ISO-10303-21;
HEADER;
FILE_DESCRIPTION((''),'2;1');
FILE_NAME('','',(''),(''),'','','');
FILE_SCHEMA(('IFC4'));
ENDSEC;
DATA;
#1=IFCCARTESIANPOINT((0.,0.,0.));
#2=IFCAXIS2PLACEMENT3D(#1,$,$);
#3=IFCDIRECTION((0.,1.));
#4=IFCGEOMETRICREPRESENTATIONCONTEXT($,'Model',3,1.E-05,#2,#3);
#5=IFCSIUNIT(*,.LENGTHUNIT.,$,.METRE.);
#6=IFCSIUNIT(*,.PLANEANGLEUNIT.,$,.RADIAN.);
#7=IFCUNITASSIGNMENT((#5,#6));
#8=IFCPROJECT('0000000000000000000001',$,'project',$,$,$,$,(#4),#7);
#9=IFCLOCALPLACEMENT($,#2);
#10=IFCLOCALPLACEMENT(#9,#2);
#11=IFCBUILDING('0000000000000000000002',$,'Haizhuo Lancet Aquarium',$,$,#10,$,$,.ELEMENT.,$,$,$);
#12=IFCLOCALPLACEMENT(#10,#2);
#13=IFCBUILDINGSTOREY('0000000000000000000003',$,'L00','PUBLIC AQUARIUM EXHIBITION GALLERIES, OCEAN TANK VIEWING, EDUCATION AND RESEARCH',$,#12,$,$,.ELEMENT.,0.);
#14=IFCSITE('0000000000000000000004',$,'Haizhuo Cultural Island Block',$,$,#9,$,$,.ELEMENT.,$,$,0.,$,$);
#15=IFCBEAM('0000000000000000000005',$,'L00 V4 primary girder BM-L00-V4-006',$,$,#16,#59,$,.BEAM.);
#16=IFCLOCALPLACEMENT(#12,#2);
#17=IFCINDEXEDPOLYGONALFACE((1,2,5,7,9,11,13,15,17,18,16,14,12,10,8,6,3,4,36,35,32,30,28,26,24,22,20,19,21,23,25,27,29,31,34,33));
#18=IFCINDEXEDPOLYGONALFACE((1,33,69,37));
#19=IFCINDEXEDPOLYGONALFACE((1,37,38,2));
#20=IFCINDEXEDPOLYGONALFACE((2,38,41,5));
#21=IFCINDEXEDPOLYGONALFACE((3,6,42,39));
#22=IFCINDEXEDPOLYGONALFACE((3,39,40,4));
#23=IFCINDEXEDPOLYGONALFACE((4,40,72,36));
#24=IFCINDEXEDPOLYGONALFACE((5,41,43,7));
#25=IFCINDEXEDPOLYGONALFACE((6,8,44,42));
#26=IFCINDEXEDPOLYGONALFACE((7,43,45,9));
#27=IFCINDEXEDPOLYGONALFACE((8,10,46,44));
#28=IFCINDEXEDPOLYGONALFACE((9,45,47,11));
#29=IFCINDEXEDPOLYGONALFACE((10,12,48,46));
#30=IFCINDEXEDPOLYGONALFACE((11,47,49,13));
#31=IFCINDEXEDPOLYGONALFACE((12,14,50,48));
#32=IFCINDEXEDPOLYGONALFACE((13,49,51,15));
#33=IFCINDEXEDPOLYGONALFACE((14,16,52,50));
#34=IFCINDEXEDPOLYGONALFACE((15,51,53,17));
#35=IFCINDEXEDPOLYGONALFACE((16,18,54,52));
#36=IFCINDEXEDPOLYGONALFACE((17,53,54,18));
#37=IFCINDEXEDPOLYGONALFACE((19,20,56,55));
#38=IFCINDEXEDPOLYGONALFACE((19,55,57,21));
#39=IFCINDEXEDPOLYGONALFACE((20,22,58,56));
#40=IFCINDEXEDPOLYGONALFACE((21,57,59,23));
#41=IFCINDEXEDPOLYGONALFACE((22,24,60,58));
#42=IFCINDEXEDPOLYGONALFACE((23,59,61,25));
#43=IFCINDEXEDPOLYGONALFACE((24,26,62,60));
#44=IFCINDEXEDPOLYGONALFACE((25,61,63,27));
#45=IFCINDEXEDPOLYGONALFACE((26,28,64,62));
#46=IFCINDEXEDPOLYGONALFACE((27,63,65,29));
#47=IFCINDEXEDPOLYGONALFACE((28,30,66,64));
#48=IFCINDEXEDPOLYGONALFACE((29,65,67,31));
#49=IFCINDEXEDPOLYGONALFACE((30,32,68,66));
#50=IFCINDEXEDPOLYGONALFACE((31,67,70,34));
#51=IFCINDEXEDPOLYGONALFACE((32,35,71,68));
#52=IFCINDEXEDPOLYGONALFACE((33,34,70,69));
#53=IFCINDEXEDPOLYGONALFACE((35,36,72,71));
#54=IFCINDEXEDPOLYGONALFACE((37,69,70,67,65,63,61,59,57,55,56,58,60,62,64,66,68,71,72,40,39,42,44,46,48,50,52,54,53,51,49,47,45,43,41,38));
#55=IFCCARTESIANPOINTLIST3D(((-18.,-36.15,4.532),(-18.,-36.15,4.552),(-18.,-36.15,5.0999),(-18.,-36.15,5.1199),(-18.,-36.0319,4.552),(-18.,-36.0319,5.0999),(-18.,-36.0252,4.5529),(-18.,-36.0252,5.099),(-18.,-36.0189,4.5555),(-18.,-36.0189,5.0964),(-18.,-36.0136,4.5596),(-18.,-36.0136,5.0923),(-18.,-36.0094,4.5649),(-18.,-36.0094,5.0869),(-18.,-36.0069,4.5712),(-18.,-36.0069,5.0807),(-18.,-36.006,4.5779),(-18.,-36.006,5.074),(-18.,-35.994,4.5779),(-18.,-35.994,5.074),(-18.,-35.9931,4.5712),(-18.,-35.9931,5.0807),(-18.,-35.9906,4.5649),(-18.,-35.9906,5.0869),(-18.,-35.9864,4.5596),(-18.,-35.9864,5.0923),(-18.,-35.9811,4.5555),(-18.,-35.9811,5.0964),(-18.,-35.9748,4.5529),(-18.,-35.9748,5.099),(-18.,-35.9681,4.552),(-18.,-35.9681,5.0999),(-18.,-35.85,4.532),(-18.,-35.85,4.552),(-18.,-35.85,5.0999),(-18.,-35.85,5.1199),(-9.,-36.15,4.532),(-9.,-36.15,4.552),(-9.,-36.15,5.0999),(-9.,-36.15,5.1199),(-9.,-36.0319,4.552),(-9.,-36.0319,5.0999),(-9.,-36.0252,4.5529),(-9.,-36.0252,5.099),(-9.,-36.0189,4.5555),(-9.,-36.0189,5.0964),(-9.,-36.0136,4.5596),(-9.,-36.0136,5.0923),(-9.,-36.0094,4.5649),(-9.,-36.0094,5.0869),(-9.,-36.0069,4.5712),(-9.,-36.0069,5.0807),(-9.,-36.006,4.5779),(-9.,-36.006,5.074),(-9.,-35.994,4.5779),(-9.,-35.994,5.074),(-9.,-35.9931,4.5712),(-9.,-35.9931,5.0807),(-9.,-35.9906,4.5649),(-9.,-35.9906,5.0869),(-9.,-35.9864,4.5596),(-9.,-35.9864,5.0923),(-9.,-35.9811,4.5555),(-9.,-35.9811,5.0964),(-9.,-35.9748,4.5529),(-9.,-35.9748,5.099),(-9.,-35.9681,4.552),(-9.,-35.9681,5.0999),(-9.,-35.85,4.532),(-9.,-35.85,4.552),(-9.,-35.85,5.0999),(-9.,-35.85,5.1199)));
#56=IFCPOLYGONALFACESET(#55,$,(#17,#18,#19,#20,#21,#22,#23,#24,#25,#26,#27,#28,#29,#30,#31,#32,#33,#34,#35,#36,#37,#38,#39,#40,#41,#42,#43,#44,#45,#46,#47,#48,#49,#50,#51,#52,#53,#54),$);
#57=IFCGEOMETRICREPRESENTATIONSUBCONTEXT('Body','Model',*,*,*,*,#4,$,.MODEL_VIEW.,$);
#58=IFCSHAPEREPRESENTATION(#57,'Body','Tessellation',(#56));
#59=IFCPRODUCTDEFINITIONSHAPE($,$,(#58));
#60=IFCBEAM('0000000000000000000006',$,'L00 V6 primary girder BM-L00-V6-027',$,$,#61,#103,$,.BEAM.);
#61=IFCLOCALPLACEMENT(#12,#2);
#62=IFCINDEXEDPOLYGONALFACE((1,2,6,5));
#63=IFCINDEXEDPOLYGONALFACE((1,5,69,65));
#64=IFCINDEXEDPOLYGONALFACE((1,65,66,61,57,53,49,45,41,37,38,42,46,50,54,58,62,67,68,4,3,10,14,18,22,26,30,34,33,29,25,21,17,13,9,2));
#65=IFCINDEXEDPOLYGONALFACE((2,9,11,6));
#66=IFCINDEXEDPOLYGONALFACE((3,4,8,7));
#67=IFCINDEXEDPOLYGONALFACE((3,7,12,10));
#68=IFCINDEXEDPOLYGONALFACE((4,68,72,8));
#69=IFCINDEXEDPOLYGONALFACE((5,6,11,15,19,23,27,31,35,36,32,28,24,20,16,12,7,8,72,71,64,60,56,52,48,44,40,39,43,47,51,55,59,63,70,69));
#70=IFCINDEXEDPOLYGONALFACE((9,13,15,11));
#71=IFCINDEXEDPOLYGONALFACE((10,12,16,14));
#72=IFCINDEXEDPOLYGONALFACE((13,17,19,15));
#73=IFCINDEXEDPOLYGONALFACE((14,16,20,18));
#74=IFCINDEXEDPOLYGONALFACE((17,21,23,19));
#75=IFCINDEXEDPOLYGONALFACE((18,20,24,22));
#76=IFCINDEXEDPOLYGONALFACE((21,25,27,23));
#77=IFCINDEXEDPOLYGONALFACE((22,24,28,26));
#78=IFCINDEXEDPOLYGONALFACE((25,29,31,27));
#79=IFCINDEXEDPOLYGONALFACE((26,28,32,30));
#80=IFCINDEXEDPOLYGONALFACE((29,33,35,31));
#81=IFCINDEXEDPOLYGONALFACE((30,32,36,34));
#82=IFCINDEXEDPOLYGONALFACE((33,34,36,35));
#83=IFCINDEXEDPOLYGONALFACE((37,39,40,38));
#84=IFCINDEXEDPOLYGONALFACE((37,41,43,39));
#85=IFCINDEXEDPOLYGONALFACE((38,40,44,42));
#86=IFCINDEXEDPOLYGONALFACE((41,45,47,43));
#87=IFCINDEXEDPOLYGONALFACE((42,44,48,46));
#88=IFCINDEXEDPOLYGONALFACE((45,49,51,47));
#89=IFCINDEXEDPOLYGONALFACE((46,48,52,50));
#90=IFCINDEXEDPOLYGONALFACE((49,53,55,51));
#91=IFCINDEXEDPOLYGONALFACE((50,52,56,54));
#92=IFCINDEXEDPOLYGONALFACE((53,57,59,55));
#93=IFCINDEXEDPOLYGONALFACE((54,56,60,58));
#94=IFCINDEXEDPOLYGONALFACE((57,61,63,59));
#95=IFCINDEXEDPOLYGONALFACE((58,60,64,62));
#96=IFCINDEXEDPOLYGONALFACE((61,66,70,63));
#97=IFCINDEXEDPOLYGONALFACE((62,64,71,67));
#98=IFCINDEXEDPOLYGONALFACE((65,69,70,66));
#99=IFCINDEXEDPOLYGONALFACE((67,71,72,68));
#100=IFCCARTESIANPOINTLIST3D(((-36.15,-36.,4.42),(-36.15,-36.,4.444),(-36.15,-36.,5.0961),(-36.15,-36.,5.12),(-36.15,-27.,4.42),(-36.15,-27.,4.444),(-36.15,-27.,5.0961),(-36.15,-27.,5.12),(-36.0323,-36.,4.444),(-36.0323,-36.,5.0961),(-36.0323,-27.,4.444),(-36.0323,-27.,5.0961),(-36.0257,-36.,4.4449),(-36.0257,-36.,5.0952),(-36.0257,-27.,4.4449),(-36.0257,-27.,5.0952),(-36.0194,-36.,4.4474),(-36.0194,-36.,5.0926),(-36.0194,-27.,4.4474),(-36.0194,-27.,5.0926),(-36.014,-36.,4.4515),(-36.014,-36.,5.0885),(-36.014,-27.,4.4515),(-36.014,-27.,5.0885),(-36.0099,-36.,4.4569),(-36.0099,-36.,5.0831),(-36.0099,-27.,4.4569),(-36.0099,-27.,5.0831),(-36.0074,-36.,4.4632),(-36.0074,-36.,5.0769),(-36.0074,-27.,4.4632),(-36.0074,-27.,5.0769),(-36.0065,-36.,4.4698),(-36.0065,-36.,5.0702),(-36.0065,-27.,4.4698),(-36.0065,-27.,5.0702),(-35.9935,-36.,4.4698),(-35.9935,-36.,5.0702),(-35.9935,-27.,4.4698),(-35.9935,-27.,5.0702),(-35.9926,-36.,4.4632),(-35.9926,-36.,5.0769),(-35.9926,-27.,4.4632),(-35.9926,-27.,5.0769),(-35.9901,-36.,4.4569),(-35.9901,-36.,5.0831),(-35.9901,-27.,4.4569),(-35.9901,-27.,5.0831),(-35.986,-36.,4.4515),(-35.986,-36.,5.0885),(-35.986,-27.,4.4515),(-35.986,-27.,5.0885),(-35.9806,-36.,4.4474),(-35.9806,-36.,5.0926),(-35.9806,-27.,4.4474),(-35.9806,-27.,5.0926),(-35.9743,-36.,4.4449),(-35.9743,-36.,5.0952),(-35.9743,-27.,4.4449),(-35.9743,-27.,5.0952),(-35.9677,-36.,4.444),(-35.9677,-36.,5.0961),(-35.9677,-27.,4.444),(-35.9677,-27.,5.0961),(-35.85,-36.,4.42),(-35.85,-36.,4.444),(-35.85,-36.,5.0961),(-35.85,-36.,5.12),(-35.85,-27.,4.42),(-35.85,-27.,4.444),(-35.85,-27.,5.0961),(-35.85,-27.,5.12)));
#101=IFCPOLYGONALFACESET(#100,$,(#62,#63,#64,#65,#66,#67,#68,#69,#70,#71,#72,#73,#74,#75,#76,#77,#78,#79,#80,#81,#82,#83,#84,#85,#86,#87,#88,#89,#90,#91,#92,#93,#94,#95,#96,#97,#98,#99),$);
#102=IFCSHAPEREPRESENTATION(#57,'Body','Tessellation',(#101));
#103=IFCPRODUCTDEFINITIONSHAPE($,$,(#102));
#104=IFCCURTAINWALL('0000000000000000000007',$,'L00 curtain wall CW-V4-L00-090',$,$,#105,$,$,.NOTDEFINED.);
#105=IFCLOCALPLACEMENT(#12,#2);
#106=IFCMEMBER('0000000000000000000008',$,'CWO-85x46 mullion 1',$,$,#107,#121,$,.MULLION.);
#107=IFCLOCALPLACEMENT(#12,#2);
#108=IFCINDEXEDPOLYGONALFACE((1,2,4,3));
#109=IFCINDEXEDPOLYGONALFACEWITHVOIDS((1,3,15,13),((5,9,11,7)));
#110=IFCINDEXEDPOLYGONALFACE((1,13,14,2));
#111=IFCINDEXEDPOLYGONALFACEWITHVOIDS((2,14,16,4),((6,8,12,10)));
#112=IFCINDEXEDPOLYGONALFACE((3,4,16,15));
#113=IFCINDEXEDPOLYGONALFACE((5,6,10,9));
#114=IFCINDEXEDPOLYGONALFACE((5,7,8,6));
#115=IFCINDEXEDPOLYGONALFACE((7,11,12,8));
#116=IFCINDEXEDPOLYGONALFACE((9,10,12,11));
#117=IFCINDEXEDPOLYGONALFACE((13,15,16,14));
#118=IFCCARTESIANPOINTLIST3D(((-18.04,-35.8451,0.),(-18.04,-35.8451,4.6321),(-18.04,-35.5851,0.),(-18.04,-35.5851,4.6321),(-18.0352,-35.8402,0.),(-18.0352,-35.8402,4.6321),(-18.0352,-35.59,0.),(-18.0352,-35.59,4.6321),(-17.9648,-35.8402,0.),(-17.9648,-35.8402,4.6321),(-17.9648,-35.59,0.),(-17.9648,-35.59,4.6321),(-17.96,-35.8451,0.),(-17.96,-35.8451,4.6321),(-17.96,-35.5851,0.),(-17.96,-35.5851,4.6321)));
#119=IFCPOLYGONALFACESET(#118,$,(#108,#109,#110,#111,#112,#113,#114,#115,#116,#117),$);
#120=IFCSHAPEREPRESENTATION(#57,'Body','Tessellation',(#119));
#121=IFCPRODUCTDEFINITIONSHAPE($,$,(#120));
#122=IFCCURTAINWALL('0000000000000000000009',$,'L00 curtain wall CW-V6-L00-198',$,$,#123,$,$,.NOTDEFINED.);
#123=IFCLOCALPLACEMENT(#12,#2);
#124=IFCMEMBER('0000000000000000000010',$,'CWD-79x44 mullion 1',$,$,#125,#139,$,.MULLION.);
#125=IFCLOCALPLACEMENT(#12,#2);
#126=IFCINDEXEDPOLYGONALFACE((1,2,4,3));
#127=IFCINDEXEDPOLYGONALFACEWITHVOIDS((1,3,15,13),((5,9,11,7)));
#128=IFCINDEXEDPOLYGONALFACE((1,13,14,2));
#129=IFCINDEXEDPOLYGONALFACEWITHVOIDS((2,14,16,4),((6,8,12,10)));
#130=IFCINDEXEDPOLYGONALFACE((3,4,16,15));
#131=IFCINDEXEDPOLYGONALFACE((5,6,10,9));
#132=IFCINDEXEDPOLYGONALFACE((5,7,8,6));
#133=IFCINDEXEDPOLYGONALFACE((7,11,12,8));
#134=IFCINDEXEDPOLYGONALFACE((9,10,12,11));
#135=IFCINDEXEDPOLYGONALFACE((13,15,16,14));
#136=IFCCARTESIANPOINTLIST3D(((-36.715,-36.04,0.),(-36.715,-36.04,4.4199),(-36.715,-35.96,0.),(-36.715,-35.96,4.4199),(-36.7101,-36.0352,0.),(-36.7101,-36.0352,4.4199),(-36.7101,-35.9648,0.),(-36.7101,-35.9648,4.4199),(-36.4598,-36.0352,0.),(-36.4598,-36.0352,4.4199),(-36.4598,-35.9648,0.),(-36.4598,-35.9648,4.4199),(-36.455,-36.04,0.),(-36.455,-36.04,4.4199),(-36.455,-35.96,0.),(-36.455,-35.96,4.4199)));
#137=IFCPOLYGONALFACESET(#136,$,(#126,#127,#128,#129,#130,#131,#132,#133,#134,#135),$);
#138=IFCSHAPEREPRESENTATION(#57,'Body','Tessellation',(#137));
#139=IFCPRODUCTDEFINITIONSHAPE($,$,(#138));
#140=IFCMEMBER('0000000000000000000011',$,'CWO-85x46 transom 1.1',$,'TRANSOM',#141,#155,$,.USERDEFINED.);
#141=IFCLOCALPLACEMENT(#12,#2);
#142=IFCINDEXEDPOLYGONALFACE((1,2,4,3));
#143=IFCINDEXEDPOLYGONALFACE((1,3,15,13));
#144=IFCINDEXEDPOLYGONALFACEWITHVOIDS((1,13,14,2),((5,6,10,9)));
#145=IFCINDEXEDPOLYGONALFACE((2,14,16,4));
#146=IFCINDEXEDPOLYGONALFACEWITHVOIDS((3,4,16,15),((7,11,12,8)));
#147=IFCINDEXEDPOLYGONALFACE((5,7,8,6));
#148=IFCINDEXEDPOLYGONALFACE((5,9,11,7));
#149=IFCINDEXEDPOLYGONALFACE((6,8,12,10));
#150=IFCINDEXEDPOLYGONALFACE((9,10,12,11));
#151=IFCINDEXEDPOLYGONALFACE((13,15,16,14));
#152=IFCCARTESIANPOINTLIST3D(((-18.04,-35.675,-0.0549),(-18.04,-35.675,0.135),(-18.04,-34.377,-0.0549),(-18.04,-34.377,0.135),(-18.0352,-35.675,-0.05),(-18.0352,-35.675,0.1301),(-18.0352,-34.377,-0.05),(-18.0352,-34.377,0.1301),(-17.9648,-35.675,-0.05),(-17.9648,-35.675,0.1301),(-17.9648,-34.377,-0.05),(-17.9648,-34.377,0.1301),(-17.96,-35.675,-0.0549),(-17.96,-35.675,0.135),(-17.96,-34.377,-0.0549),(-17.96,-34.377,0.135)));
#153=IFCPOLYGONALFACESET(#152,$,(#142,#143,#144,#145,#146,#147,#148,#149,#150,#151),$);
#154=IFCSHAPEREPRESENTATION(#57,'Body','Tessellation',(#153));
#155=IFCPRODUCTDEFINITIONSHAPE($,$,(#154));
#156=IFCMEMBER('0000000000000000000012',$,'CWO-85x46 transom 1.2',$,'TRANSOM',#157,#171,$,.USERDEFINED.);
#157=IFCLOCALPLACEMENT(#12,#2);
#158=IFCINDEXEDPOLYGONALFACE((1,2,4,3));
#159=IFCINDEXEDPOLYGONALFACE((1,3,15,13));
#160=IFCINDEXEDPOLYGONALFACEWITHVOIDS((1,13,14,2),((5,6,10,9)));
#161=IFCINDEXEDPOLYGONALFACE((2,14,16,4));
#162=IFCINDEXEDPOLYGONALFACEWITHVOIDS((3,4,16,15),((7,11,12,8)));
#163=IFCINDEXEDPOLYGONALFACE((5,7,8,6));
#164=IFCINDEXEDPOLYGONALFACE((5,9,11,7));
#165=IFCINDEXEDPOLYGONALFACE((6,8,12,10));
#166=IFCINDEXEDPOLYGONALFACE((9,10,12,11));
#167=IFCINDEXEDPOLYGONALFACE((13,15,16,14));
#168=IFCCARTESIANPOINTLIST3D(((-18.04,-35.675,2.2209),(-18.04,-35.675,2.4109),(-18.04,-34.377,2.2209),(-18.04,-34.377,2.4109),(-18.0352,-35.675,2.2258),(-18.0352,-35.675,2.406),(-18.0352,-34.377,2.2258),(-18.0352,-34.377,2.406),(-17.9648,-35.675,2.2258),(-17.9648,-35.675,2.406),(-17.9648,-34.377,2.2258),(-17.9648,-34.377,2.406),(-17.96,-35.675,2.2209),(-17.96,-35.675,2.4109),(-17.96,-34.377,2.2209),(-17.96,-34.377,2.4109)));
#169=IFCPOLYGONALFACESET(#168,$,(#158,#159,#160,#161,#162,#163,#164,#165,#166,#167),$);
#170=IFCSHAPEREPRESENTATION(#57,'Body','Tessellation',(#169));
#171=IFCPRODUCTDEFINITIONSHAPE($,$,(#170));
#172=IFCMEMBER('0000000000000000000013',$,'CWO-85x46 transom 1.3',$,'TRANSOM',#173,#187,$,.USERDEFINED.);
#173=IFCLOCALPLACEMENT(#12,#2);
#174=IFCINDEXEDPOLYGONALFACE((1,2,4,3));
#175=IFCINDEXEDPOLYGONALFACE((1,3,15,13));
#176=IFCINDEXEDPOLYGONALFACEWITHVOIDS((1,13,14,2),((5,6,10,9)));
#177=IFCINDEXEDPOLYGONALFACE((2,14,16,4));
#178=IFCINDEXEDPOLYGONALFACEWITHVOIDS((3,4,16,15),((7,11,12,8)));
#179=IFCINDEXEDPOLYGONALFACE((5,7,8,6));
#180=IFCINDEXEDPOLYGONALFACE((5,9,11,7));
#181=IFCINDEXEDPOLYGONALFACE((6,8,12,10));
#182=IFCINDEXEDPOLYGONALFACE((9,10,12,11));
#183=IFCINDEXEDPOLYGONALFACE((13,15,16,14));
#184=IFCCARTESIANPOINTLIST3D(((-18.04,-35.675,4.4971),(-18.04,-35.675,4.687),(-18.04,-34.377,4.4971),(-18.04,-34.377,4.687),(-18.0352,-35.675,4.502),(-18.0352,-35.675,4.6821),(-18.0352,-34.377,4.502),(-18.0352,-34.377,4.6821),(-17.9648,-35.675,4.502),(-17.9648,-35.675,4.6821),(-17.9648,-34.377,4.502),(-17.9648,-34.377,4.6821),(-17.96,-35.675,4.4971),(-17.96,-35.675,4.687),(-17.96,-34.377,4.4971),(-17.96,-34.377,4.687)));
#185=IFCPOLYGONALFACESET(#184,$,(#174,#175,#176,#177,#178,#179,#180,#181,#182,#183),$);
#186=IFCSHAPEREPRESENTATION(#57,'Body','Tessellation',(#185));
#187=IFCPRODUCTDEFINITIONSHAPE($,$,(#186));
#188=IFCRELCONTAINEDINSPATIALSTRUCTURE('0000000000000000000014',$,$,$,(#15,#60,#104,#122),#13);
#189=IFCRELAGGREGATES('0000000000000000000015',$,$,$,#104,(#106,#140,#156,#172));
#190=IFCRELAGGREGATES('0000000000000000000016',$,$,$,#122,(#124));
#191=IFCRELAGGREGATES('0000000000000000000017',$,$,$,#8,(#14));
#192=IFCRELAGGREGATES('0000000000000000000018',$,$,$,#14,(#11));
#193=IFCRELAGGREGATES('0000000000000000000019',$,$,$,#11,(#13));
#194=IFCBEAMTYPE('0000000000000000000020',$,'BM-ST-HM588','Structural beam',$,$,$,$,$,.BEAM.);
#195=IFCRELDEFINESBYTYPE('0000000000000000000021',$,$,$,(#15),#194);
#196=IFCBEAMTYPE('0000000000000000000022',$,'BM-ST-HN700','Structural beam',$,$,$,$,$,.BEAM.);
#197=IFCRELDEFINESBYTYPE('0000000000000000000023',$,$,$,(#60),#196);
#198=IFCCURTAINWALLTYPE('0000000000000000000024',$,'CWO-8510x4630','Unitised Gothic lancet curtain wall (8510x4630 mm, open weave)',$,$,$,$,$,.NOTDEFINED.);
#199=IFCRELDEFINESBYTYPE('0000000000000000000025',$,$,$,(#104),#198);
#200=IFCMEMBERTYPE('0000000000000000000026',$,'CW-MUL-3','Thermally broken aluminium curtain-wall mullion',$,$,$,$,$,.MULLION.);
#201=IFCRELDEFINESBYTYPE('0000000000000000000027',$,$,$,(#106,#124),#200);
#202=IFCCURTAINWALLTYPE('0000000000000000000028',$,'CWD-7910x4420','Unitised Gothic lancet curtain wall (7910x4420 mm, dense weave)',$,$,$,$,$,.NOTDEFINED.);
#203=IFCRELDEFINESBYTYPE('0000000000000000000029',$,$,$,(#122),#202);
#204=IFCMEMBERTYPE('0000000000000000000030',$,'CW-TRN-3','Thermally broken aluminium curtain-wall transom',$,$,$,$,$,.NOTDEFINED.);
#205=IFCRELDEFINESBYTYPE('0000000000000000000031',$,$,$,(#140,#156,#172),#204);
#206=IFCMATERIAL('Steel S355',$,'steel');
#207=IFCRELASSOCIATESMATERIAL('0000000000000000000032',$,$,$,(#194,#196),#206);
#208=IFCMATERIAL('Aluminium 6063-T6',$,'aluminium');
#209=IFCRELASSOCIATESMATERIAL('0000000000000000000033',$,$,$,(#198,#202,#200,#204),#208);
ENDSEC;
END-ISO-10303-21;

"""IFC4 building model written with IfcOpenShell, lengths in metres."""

from ifc_helpers import new_model, si_unit, direction, frame, origin, origin_2d, place, context, subcontext, project, spatial, hollow_rectangle, i_section, extrude, material, material_profile, profile_set, type_object, element, aggregate, save


model = new_model("IFC4")

# Units and contexts
model_context = context("Model", 3, precision=1e-05, world=origin(), true_north=direction((0.0, 1.0)))
body_context = subcontext(model_context, "Body", "Model", "MODEL_VIEW")
ifc_project = project(units=[si_unit("LENGTHUNIT", "METRE"), si_unit("PLANEANGLEUNIT", "RADIAN")], contexts=[model_context])

# Site, building, storey
site_placement = place(None, origin())
site = spatial("IfcSite", under=ifc_project, at=site_placement, Name="Haizhuo Cultural Island Block", CompositionType="ELEMENT", RefElevation=0.0)
building_placement = place(site_placement, origin())
building = spatial("IfcBuilding", under=site, at=building_placement, Name="Haizhuo Lancet Aquarium", CompositionType="ELEMENT")
storey_placement = place(building_placement, origin())
storey = spatial("IfcBuildingStorey", under=building, at=storey_placement, Name="L00", Description="PUBLIC AQUARIUM EXHIBITION GALLERIES, OCEAN TANK VIEWING, EDUCATION AND RESEARCH", CompositionType="ELEMENT", Elevation=0.0)

# Shared definitions
ifc_material_1 = material(Name="Steel S355", Category="steel")

# Beams
ifc_material_profile_1 = material_profile(ifc_material_1, i_section(OverallWidth=0.3, OverallDepth=0.5879, WebThickness=0.012, FlangeThickness=0.02, FilletRadius=0.0259, at=origin_2d()), Name="HM 588x300x12x20")
ifc_profile_set_1 = profile_set([ifc_material_profile_1], Name="Steel S355")
beam_type_1 = type_object("IfcBeamType", Name="BM-ST-HM588", Description="Structural beam", PredefinedType="BEAM", material=ifc_profile_set_1)
for number, where, z_axis, x_axis, name in (
    (1, (-18.0, -36.0, 4.8259), (1.0, 0.0, 0.0), (0.0, 1.0, 0.0), "L00 V4 primary girder BM-L00-V4-006"),
):
    element("IfcBeam", number, at=place(storey_placement, frame(where, z_axis=z_axis, x_axis=x_axis)), inside=storey, type_object=beam_type_1, Name=name, PredefinedType="BEAM", context=body_context, shape_type="SweptSolid", body=[
        extrude(i_section(OverallWidth=0.3, OverallDepth=0.5879, WebThickness=0.012, FlangeThickness=0.02, FilletRadius=0.0259, at=origin_2d()), origin(), (0.0, 0.0, 1.0), 9.0),
    ])
ifc_material_profile_2 = material_profile(ifc_material_1, i_section(OverallWidth=0.3, OverallDepth=0.7, WebThickness=0.0129, FlangeThickness=0.0239, FilletRadius=0.0259, at=origin_2d()), Name="HN 700x300x13x24")
ifc_profile_set_2 = profile_set([ifc_material_profile_2], Name="Steel S355")
beam_type_2 = type_object("IfcBeamType", Name="BM-ST-HN700", Description="Structural beam", PredefinedType="BEAM", material=ifc_profile_set_2)
beam_1_placement = place(storey_placement, frame((-36.0, -36.0, 4.77), z_axis=(0.0, 1.0, 0.0), x_axis=(-1.0, 0.0, 0.0)))
element("IfcBeam", 2, at=beam_1_placement, inside=storey, type_object=beam_type_2, Name="L00 V6 primary girder BM-L00-V6-027", PredefinedType="BEAM", context=body_context, shape_type="SweptSolid", body=[
    extrude(i_section(OverallWidth=0.3, OverallDepth=0.7, WebThickness=0.0129, FlangeThickness=0.0239, FilletRadius=0.0259, at=origin_2d()), origin(), (0.0, 0.0, 1.0), 9.0),
])

# Curtain walls, members
ifc_material_2 = material(Name="Aluminium 6063-T6", Category="aluminium")
curtain_wall_type_1 = type_object("IfcCurtainWallType", Name="CWO-8510x4630", Description="Unitised Gothic lancet curtain wall (8510x4630 mm, open weave)", PredefinedType="NOTDEFINED", material=ifc_material_2)
curtain_wall_1_placement = place(storey_placement, origin())
curtain_wall_1 = element("IfcCurtainWall", 3, at=curtain_wall_1_placement, inside=storey, type_object=curtain_wall_type_1, Name="L00 curtain wall CW-V4-L00-090", PredefinedType="NOTDEFINED")
ifc_material_profile_3 = material_profile(ifc_material_2, hollow_rectangle(XDim=0.0801, YDim=0.26, WallThickness=0.0049, at=origin_2d()), Name="ALU-M 80x260x5")
ifc_profile_set_3 = profile_set([ifc_material_profile_3], Name="Aluminium 6063-T6")
member_type_1 = type_object("IfcMemberType", Name="CW-MUL-3", Description="Thermally broken aluminium curtain-wall mullion", PredefinedType="MULLION", material=ifc_profile_set_3)
member_1_placement = place(storey_placement, frame((-18.0, -35.7151, 0.0), z_axis=(0.0, 0.0, 1.0), x_axis=(-1.0, 0.0, 0.0)))
member_1 = element("IfcMember", 4, at=member_1_placement, type_object=member_type_1, Name="CWO-85x46 mullion 1", PredefinedType="MULLION", context=body_context, shape_type="SweptSolid", body=[
    extrude(hollow_rectangle(XDim=0.0801, YDim=0.26, WallThickness=0.0049, at=origin_2d()), origin(), (0.0, 0.0, 1.0), 4.6321),
])
curtain_wall_type_2 = type_object("IfcCurtainWallType", Name="CWD-7910x4420", Description="Unitised Gothic lancet curtain wall (7910x4420 mm, dense weave)", PredefinedType="NOTDEFINED", material=ifc_material_2)
curtain_wall_2_placement = place(storey_placement, origin())
curtain_wall_2 = element("IfcCurtainWall", 5, at=curtain_wall_2_placement, inside=storey, type_object=curtain_wall_type_2, Name="L00 curtain wall CW-V6-L00-198", PredefinedType="NOTDEFINED")
member_2_placement = place(storey_placement, frame((-36.585, -36.0, 0.0), z_axis=(0.0, 0.0, 1.0), x_axis=(0.0, -1.0, 0.0)))
member_2 = element("IfcMember", 6, at=member_2_placement, type_object=member_type_1, Name="CWD-79x44 mullion 1", PredefinedType="MULLION", context=body_context, shape_type="SweptSolid", body=[
    extrude(hollow_rectangle(XDim=0.0801, YDim=0.26, WallThickness=0.0049, at=origin_2d()), origin(), (0.0, 0.0, 1.0), 4.4199),
])

# Members
ifc_material_profile_4 = material_profile(ifc_material_2, hollow_rectangle(XDim=0.0801, YDim=0.1899, WallThickness=0.0049, at=origin_2d()), Name="ALU-T 80x190x5")
ifc_profile_set_4 = profile_set([ifc_material_profile_4], Name="Aluminium 6063-T6")
member_type_2 = type_object("IfcMemberType", Name="CW-TRN-3", Description="Thermally broken aluminium curtain-wall transom", PredefinedType="NOTDEFINED", material=ifc_profile_set_4)
member_3_placement = place(storey_placement, frame((-18.0, -35.675, 0.04), z_axis=(0.0, 1.0, 0.0), x_axis=(-1.0, 0.0, 0.0)))
member_3 = element("IfcMember", 7, at=member_3_placement, type_object=member_type_2, Name="CWO-85x46 transom 1.1", ObjectType="TRANSOM", PredefinedType="USERDEFINED", context=body_context, shape_type="SweptSolid", body=[
    extrude(hollow_rectangle(XDim=0.0801, YDim=0.1899, WallThickness=0.0049, at=origin_2d()), origin(), (0.0, 0.0, 1.0), 1.2981),
])
member_4_placement = place(storey_placement, frame((-18.0, -35.675, 2.3159), z_axis=(0.0, 1.0, 0.0), x_axis=(-1.0, 0.0, 0.0)))
member_4 = element("IfcMember", 8, at=member_4_placement, type_object=member_type_2, Name="CWO-85x46 transom 1.2", ObjectType="TRANSOM", PredefinedType="USERDEFINED", context=body_context, shape_type="SweptSolid", body=[
    extrude(hollow_rectangle(XDim=0.0801, YDim=0.1899, WallThickness=0.0049, at=origin_2d()), origin(), (0.0, 0.0, 1.0), 1.2981),
])
member_5_placement = place(storey_placement, frame((-18.0, -35.675, 4.592), z_axis=(0.0, 1.0, 0.0), x_axis=(-1.0, 0.0, 0.0)))
member_5 = element("IfcMember", 9, at=member_5_placement, type_object=member_type_2, Name="CWO-85x46 transom 1.3", ObjectType="TRANSOM", PredefinedType="USERDEFINED", context=body_context, shape_type="SweptSolid", body=[
    extrude(hollow_rectangle(XDim=0.0801, YDim=0.1899, WallThickness=0.0049, at=origin_2d()), origin(), (0.0, 0.0, 1.0), 1.2981),
])

aggregate(curtain_wall_1, [member_1, member_3, member_4, member_5])
aggregate(curtain_wall_2, [member_2])

save(model, "model.ifc")
